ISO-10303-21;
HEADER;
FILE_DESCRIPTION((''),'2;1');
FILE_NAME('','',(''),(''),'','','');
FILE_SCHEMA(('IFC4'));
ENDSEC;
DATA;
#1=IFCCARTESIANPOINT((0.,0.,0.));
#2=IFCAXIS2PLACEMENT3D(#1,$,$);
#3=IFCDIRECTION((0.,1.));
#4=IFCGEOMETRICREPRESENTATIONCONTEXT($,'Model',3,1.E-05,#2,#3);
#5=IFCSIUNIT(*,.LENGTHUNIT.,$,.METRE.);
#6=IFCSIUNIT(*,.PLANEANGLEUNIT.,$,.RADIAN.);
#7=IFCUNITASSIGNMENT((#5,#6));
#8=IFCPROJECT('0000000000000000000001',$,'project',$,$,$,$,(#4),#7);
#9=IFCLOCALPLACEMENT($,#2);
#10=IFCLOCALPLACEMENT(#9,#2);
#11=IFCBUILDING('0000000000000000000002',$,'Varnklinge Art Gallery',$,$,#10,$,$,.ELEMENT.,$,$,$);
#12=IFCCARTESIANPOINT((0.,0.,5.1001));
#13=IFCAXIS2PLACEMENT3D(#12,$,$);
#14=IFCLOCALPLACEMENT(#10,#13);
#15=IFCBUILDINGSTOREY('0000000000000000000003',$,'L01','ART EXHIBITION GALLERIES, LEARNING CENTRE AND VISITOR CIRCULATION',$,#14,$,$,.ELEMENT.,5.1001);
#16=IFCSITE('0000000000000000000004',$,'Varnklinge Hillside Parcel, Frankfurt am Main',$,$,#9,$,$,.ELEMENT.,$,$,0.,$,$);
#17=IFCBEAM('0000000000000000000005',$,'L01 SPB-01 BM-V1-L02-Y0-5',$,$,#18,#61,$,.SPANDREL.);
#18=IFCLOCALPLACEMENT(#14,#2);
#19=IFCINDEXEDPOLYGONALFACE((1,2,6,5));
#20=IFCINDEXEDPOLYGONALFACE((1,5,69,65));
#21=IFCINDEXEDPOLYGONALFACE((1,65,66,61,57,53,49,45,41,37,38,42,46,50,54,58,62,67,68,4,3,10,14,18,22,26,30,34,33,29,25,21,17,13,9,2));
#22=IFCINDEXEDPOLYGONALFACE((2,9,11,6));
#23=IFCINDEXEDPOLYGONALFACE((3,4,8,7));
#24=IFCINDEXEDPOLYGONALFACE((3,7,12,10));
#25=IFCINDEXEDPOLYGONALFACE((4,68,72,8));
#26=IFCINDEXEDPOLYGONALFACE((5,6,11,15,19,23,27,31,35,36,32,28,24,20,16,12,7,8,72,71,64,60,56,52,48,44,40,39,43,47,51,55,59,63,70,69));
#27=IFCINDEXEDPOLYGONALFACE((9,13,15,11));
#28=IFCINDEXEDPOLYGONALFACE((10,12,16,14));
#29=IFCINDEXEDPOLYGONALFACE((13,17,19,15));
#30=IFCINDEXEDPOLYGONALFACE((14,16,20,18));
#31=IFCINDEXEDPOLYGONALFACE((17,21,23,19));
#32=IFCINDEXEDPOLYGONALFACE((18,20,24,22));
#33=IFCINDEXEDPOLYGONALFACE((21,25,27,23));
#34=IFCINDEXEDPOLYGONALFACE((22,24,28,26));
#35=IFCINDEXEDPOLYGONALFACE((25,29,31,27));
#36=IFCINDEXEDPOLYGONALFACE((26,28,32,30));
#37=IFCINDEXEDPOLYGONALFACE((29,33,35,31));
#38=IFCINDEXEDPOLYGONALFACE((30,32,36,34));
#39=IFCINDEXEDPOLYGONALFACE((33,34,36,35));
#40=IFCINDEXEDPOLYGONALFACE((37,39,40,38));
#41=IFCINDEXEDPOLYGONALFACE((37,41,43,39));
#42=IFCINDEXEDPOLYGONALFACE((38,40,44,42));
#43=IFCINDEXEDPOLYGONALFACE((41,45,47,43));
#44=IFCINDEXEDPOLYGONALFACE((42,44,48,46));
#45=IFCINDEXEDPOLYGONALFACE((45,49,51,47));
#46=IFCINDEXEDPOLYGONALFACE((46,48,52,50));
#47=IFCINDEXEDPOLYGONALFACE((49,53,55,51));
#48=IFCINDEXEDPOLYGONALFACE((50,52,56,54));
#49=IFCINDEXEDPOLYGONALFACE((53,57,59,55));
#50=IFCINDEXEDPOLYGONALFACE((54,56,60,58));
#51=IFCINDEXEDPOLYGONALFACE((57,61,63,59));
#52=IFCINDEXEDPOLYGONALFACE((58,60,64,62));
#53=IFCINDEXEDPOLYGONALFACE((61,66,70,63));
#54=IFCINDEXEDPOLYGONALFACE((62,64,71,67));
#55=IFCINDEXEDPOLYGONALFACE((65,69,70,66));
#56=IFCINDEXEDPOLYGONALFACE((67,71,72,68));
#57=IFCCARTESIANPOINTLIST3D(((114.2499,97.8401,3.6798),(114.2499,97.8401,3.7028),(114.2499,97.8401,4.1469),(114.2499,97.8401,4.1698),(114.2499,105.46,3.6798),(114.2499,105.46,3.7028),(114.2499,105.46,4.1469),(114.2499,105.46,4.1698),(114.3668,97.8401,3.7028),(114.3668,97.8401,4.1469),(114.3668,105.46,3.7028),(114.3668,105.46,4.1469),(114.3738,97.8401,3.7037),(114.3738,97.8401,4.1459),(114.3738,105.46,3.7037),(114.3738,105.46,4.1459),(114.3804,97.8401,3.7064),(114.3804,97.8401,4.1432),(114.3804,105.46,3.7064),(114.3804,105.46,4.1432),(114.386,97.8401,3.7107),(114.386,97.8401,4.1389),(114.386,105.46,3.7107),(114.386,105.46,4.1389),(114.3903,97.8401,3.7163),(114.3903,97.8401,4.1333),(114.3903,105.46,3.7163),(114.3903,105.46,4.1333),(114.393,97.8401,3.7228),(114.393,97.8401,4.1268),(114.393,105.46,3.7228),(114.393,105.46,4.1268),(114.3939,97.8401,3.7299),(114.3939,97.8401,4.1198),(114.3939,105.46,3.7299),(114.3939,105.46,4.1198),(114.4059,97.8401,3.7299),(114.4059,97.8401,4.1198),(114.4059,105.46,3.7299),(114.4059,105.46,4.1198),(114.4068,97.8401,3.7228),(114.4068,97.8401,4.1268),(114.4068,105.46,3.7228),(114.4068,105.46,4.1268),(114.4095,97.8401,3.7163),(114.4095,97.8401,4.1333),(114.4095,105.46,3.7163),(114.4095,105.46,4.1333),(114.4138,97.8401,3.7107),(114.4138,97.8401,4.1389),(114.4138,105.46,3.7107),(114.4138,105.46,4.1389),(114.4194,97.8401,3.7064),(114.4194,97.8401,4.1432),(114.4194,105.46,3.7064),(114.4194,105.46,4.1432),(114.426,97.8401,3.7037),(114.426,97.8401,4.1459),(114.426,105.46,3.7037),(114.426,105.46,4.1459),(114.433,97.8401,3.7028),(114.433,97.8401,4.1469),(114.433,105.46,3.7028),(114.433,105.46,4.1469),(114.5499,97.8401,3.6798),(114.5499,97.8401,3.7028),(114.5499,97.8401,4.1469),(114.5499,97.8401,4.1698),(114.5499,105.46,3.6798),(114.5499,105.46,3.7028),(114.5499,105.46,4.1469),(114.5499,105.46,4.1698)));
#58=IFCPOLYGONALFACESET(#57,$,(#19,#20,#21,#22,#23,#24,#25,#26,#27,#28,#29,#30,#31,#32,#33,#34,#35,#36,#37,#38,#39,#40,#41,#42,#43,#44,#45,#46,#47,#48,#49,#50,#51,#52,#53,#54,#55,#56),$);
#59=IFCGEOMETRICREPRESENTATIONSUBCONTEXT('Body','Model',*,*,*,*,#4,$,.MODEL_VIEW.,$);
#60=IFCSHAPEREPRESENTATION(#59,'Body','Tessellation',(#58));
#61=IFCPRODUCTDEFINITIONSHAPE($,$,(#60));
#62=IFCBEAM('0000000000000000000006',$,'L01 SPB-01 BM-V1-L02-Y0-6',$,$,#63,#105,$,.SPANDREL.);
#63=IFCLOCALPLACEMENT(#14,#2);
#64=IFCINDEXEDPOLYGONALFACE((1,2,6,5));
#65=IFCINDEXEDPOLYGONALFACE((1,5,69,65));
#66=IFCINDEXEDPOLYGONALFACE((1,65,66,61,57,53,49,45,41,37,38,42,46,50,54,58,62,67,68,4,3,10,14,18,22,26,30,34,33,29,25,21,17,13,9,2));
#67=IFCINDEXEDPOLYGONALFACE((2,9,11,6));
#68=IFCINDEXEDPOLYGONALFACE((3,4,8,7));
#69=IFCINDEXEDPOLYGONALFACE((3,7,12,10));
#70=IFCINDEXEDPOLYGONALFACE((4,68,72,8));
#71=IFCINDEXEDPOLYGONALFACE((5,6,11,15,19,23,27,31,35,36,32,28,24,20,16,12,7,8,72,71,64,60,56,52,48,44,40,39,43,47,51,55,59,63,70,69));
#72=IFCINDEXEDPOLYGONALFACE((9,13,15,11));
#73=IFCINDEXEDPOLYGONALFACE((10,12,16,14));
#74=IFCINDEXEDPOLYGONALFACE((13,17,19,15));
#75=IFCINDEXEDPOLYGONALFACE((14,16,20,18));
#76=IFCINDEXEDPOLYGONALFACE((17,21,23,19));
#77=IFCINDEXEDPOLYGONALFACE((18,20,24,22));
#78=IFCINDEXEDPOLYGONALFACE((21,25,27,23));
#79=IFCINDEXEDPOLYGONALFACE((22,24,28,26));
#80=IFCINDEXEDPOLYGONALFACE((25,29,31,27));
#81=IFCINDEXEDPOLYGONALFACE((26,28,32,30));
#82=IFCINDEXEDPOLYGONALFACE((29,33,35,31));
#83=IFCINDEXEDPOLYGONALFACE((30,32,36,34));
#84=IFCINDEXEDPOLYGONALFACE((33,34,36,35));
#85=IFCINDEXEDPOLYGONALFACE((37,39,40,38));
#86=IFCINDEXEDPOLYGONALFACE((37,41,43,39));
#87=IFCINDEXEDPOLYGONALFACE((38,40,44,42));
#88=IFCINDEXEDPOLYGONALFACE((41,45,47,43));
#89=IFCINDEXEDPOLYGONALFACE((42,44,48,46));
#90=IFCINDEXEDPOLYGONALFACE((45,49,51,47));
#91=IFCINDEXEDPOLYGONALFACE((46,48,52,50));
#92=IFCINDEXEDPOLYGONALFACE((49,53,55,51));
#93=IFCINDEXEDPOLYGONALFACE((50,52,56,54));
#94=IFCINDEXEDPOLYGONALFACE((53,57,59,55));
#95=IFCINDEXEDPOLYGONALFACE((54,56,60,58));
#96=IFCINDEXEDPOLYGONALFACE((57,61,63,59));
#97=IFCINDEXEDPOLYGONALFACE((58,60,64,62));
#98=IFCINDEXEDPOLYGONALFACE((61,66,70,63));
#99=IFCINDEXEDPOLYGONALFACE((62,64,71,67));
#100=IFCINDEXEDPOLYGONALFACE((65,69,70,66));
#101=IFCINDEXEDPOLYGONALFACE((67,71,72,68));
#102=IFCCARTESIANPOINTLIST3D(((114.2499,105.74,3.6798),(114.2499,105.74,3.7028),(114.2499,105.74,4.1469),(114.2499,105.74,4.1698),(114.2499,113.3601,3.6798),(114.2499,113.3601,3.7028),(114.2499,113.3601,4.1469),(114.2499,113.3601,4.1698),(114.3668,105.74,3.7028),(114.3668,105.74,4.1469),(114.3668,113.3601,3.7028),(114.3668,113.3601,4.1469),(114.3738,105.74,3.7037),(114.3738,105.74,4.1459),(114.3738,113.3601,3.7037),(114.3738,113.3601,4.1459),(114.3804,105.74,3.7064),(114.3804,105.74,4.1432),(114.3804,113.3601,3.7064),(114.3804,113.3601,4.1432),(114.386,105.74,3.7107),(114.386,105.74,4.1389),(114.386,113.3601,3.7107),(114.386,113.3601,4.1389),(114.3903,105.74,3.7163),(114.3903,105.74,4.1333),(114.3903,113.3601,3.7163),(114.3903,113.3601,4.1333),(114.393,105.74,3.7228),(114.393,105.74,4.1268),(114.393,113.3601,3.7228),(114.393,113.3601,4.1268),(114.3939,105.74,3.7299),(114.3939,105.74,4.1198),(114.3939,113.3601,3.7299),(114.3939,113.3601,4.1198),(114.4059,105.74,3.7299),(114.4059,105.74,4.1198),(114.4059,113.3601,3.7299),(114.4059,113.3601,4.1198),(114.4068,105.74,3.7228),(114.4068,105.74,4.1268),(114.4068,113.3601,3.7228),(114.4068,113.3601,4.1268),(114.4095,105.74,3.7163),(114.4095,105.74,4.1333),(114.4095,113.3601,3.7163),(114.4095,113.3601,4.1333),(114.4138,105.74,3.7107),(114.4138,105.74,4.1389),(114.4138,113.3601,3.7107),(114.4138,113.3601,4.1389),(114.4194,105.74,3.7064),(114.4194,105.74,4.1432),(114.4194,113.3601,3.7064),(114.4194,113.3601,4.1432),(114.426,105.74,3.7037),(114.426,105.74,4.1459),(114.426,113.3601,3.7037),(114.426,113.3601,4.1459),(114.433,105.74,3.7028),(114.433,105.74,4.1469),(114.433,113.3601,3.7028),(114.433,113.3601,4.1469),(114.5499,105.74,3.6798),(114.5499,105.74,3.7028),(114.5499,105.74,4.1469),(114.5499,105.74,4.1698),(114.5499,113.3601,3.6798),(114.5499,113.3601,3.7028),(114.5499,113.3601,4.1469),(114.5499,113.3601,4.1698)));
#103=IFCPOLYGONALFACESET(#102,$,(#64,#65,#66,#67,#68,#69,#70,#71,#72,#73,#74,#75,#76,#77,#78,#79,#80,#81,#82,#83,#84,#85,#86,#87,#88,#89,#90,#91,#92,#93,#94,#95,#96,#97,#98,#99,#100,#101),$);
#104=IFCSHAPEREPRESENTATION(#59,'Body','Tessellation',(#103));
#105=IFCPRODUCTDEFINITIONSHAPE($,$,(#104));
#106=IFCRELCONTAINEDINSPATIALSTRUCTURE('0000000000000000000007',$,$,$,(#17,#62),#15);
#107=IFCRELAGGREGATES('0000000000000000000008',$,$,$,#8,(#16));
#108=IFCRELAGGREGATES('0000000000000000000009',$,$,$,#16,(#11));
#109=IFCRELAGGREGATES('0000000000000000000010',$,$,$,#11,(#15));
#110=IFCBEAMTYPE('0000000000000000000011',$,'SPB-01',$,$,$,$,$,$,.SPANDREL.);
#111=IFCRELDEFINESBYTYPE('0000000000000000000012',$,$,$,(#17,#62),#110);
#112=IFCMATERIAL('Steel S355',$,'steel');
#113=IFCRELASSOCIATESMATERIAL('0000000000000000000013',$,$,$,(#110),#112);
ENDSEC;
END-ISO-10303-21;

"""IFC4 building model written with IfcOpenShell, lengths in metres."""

from ifc_helpers import new_model, si_unit, direction, frame, origin, origin_2d, place, context, subcontext, project, spatial, i_section, extrude, material, material_profile, profile_set, type_object, element, save


model = new_model("IFC4")

# Units and contexts
model_context = context("Model", 3, precision=1e-05, world=origin(), true_north=direction((0.0, 1.0)))
body_context = subcontext(model_context, "Body", "Model", "MODEL_VIEW")
ifc_project = project(units=[si_unit("LENGTHUNIT", "METRE"), si_unit("PLANEANGLEUNIT", "RADIAN")], contexts=[model_context])

# Site, building, storey
site_placement = place(None, origin())
site = spatial("IfcSite", under=ifc_project, at=site_placement, Name="Varnklinge Hillside Parcel, Frankfurt am Main", CompositionType="ELEMENT", RefElevation=0.0)
building_placement = place(site_placement, origin())
building = spatial("IfcBuilding", under=site, at=building_placement, Name="Varnklinge Art Gallery", CompositionType="ELEMENT")
storey_placement = place(building_placement, frame((0.0, 0.0, 5.1001)))
storey = spatial("IfcBuildingStorey", under=building, at=storey_placement, Name="L01", Description="ART EXHIBITION GALLERIES, LEARNING CENTRE AND VISITOR CIRCULATION", CompositionType="ELEMENT", Elevation=5.1001)

# Beams
ifc_material_1 = material(Name="Steel S355", Category="steel")
ifc_material_profile_1 = material_profile(ifc_material_1, i_section(OverallWidth=0.3, OverallDepth=0.49, WebThickness=0.012, FlangeThickness=0.0229, FilletRadius=0.0271, at=origin_2d()), Name="HEA 500")
ifc_profile_set_1 = profile_set([ifc_material_profile_1], Name="Steel S355")
beam_type_1 = type_object("IfcBeamType", Name="SPB-01", PredefinedType="SPANDREL", material=ifc_profile_set_1)
beam_1_placement = place(storey_placement, frame((114.3999, 97.8401, 3.9248), z_axis=(0.0, 1.0, 0.0), x_axis=(-1.0, 0.0, 0.0)))
element("IfcBeam", 1, at=beam_1_placement, inside=storey, type_object=beam_type_1, Name="L01 SPB-01 BM-V1-L02-Y0-5", PredefinedType="SPANDREL", context=body_context, shape_type="SweptSolid", body=[
    extrude(i_section(OverallWidth=0.3, OverallDepth=0.49, WebThickness=0.012, FlangeThickness=0.0229, FilletRadius=0.0271, at=origin_2d()), origin(), (0.0, 0.0, 1.0), 7.6199),
])
beam_2_placement = place(storey_placement, frame((114.3999, 105.74, 3.9248), z_axis=(0.0, 1.0, 0.0), x_axis=(-1.0, 0.0, 0.0)))
element("IfcBeam", 2, at=beam_2_placement, inside=storey, type_object=beam_type_1, Name="L01 SPB-01 BM-V1-L02-Y0-6", PredefinedType="SPANDREL", context=body_context, shape_type="SweptSolid", body=[
    extrude(i_section(OverallWidth=0.3, OverallDepth=0.49, WebThickness=0.012, FlangeThickness=0.0229, FilletRadius=0.0271, at=origin_2d()), origin(), (0.0, 0.0, 1.0), 7.6201),
])

save(model, "model.ifc")
